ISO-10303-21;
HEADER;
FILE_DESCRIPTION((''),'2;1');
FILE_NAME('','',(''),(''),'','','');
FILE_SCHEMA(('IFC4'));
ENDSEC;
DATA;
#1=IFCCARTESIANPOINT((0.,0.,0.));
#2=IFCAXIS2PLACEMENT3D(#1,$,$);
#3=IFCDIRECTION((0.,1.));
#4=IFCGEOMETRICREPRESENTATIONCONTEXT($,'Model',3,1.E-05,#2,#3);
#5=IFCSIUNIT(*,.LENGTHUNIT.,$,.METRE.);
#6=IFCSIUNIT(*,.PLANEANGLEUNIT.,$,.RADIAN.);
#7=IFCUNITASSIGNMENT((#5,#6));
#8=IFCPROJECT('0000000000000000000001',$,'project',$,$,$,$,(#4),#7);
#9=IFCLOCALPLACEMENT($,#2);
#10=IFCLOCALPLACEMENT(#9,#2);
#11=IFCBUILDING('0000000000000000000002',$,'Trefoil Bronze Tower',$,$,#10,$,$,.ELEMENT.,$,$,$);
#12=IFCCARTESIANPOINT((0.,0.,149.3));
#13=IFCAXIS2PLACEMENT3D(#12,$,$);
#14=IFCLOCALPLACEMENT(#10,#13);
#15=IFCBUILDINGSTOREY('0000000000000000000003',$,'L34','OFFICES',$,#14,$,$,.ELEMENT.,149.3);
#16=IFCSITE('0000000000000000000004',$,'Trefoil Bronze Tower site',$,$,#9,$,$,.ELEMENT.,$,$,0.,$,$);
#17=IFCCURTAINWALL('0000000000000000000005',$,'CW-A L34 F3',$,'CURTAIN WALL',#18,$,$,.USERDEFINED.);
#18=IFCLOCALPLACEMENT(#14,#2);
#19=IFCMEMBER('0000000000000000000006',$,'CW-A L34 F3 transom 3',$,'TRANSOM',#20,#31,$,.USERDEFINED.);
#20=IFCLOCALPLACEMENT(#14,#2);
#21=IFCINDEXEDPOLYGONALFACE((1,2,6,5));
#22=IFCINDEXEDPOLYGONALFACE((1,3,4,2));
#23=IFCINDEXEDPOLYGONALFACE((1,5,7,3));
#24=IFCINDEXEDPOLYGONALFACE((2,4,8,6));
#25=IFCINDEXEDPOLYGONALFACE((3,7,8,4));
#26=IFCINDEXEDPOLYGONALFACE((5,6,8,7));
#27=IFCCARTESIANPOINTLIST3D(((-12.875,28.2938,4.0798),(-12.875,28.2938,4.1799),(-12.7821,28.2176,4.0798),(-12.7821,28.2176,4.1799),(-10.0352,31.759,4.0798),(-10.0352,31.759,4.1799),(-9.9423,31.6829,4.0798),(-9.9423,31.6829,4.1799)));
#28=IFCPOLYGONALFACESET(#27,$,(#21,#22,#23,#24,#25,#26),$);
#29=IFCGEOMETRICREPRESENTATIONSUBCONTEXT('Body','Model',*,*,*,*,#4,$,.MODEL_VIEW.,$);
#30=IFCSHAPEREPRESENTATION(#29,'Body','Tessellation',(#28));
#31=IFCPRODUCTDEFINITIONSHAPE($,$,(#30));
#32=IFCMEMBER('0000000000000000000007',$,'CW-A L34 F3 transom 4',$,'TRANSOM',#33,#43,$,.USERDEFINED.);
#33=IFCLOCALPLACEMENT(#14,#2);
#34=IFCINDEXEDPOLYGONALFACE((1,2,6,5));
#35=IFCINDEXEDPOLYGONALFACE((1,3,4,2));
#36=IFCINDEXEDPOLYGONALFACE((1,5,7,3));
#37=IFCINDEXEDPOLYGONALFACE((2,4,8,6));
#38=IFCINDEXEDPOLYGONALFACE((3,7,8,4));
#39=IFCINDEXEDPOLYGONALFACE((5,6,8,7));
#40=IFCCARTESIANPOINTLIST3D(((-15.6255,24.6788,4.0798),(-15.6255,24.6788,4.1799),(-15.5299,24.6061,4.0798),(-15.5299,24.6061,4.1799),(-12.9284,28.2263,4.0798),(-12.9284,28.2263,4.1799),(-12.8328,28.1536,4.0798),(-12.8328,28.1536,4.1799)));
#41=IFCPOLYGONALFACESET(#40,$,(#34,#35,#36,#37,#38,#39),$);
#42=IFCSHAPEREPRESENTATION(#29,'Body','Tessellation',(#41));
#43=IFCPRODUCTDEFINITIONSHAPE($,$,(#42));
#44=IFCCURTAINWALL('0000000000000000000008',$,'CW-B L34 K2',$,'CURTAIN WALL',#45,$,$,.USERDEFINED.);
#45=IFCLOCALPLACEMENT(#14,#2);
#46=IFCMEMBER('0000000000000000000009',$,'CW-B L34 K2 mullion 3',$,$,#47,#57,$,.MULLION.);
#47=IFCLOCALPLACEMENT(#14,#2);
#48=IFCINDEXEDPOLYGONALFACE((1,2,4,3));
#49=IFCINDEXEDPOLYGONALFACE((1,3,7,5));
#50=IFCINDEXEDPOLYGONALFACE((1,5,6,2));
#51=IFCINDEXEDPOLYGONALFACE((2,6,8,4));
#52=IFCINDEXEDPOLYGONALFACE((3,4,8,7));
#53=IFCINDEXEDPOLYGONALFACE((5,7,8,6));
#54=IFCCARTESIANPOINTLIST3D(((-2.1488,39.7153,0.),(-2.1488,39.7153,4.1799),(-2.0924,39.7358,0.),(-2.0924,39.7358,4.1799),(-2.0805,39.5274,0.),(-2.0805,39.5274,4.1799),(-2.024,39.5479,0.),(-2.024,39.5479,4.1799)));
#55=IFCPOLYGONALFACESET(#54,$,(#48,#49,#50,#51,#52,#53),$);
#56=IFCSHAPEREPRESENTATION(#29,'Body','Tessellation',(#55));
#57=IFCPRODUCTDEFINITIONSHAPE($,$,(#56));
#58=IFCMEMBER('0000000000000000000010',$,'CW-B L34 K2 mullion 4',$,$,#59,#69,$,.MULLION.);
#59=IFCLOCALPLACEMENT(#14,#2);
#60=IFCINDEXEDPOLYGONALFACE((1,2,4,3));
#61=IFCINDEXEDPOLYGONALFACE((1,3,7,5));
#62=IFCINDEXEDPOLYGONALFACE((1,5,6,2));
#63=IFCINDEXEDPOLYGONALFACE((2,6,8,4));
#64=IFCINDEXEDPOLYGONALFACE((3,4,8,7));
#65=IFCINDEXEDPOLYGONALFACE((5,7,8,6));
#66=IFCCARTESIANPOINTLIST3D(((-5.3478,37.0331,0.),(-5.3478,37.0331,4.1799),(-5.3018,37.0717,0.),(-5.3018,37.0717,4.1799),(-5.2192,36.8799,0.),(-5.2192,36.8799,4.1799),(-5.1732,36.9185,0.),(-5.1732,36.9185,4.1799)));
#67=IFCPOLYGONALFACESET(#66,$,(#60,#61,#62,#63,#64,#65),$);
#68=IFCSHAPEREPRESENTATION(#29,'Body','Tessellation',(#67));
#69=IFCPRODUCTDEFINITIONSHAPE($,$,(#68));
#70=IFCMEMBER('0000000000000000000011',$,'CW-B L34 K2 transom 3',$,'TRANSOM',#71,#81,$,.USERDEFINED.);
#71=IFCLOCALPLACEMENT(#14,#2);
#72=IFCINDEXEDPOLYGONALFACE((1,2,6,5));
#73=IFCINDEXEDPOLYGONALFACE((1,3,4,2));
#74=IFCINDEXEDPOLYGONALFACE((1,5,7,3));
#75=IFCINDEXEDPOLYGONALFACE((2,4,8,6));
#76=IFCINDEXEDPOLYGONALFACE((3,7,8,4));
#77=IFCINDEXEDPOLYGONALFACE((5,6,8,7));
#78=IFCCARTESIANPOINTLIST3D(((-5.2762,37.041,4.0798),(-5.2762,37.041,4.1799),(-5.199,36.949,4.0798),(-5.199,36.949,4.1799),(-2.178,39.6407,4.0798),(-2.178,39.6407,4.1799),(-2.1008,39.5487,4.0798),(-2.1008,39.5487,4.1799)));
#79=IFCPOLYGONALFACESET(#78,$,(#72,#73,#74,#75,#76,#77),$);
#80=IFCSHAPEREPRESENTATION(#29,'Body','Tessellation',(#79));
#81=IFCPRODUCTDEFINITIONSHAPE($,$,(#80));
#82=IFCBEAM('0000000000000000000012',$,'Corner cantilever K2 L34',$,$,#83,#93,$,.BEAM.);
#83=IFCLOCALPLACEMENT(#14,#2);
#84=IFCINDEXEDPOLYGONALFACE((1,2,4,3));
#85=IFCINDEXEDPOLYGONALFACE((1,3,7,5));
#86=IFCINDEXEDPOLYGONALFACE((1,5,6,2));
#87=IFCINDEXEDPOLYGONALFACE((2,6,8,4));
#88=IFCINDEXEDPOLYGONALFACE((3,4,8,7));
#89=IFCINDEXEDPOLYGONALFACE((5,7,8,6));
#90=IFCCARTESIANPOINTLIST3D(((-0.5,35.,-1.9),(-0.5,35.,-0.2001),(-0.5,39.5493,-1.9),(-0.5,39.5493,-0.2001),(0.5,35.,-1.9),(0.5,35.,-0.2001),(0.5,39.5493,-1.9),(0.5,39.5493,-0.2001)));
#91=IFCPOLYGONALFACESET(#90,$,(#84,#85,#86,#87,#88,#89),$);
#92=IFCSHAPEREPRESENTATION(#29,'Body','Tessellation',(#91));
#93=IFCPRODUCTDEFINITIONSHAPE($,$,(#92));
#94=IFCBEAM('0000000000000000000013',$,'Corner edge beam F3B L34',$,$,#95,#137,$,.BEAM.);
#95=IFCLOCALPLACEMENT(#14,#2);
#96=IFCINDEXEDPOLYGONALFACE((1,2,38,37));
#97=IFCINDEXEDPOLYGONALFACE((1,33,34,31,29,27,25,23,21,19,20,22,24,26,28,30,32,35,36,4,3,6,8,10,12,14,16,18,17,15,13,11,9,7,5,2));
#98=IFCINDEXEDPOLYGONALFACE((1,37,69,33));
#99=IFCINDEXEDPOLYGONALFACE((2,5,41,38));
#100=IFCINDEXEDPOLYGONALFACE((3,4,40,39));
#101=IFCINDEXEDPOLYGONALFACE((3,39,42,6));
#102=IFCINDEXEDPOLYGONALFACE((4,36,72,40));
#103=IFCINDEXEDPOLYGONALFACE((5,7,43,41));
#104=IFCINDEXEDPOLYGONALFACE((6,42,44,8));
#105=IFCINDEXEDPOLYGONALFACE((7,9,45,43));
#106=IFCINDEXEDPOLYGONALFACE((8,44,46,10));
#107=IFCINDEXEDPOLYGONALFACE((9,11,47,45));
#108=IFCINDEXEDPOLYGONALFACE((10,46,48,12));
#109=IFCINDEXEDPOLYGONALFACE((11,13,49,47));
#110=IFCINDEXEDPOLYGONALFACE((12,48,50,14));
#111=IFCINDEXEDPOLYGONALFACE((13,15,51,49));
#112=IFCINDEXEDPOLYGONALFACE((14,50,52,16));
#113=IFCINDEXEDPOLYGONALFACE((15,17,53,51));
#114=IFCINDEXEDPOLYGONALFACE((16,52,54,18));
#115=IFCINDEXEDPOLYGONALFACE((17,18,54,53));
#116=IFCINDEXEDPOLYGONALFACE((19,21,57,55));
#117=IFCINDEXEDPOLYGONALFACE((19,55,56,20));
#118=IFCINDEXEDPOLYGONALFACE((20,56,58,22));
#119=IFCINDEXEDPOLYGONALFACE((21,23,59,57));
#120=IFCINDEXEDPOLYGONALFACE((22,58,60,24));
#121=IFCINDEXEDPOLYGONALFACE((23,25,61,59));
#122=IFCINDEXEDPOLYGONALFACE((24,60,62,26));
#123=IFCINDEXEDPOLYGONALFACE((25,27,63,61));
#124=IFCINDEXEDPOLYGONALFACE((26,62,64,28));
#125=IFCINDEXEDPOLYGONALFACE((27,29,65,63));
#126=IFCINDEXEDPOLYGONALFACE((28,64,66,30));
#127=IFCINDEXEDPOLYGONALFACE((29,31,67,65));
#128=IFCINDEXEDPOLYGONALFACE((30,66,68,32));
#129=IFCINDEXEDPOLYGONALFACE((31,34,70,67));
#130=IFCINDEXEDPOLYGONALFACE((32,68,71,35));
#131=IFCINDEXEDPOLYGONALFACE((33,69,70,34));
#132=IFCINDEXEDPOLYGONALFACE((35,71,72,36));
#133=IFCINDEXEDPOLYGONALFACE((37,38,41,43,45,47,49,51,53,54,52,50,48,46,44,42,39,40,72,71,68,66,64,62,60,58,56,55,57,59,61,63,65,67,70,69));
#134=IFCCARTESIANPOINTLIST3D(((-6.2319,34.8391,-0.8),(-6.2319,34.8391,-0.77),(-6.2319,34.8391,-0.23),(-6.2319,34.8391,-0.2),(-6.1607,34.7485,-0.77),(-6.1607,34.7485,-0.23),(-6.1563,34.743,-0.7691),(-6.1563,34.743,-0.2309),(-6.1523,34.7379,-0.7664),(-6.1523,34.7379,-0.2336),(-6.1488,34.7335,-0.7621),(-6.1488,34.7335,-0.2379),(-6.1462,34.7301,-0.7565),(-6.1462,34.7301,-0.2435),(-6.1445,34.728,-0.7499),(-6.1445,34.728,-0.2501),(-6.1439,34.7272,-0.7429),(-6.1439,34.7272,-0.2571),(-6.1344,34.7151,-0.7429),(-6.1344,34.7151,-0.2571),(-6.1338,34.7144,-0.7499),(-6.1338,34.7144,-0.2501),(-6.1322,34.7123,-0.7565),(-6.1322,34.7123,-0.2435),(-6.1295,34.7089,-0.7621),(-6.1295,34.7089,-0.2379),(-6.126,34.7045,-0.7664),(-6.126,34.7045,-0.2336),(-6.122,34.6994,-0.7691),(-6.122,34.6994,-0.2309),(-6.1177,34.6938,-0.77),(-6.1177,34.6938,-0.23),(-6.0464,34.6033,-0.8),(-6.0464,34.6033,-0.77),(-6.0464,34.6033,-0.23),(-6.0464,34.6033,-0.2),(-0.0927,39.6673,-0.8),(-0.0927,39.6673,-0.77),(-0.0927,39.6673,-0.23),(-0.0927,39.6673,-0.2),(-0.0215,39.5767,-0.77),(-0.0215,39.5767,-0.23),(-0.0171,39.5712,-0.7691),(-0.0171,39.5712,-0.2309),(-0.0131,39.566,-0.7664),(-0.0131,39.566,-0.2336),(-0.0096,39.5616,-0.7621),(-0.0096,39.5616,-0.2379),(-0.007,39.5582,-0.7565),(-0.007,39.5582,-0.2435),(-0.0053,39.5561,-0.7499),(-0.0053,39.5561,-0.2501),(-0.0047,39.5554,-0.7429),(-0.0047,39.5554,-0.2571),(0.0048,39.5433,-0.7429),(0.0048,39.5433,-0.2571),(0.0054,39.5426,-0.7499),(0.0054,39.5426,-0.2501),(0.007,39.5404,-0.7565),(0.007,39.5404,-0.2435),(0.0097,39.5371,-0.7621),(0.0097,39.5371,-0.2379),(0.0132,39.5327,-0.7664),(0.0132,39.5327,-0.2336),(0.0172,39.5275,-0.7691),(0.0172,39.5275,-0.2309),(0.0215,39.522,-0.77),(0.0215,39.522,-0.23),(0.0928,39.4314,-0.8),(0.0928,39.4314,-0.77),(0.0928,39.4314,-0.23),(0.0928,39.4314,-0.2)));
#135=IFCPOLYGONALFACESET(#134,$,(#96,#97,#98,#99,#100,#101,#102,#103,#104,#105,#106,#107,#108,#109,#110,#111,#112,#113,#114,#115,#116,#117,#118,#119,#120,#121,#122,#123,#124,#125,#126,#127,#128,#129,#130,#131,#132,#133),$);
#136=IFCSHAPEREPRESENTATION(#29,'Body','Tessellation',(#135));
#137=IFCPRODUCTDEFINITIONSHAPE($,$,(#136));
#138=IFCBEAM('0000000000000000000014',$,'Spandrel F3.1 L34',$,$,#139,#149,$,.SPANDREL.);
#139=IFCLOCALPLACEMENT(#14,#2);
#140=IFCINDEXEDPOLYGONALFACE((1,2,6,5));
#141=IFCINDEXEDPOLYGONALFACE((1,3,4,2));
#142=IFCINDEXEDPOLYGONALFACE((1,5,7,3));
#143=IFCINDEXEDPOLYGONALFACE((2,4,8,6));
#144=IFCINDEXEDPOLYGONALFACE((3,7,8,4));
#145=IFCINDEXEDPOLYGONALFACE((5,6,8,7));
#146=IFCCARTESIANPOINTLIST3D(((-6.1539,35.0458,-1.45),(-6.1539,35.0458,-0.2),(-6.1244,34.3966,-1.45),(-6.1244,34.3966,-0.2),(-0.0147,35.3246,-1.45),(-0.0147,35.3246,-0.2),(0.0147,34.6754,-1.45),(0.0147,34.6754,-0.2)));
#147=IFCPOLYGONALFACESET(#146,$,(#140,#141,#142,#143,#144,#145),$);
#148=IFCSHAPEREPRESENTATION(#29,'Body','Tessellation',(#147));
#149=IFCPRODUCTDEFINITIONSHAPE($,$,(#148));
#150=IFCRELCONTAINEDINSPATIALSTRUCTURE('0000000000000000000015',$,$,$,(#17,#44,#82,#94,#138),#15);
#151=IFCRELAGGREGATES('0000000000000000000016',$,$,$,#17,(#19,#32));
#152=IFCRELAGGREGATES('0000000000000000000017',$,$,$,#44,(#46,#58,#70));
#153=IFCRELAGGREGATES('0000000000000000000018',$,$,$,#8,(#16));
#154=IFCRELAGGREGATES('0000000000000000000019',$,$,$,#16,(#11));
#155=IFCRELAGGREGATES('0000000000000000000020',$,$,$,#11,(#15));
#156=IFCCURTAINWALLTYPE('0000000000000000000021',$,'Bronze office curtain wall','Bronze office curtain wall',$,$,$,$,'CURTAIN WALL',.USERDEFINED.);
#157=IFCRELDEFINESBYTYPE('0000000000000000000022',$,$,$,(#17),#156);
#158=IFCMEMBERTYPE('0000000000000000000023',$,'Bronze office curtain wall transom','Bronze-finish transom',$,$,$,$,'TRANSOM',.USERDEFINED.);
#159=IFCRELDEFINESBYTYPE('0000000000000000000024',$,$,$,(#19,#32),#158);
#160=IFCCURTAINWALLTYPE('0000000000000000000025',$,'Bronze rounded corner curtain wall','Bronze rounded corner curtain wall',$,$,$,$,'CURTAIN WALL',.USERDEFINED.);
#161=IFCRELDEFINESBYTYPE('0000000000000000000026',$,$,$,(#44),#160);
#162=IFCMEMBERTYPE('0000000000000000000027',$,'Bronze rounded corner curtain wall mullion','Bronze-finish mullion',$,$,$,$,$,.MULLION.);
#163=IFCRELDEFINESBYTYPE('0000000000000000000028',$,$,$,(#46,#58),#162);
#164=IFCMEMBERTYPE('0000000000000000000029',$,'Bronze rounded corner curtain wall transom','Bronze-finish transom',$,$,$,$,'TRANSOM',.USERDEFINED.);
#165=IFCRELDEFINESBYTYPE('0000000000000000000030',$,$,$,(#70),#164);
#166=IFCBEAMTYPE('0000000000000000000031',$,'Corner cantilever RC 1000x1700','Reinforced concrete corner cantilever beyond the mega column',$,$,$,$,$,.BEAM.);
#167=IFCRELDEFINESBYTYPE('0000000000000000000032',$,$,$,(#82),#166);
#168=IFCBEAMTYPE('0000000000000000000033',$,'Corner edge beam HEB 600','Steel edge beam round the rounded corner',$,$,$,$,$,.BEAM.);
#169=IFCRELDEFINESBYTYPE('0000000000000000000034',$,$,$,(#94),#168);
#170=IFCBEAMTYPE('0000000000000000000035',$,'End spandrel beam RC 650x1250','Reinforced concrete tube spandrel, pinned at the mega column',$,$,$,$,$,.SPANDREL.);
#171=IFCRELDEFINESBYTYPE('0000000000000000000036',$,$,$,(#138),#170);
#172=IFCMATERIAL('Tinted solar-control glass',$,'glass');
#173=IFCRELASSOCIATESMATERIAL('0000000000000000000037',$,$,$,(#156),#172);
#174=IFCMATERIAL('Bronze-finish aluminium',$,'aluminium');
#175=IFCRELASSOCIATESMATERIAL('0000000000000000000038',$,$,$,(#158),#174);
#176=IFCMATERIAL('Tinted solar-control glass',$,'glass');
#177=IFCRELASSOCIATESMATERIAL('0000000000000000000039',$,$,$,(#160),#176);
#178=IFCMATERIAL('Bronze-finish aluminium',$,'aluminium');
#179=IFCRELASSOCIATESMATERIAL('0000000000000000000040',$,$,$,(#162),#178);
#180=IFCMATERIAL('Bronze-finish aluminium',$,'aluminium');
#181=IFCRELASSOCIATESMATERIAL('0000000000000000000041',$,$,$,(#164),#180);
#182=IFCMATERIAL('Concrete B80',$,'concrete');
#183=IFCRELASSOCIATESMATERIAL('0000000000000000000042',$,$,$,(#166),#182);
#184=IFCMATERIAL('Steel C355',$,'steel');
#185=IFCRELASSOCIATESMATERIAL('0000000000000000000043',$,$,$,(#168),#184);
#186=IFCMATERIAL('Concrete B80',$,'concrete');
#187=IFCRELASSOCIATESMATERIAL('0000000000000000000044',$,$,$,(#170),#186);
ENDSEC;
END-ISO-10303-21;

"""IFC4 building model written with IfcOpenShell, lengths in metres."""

from ifc_helpers import new_model, si_unit, direction, frame, origin, origin_2d, place, context, subcontext, project, spatial, rectangle, i_section, extrude, material, material_profile, profile_set, type_object, element, aggregate, save


model = new_model("IFC4")

# Units and contexts
model_context = context("Model", 3, precision=1e-05, world=origin(), true_north=direction((0.0, 1.0)))
body_context = subcontext(model_context, "Body", "Model", "MODEL_VIEW")
ifc_project = project(units=[si_unit("LENGTHUNIT", "METRE"), si_unit("PLANEANGLEUNIT", "RADIAN")], contexts=[model_context])

# Site, building, storey
site_placement = place(None, origin())
site = spatial("IfcSite", under=ifc_project, at=site_placement, Name="Trefoil Bronze Tower site", CompositionType="ELEMENT", RefElevation=0.0)
building_placement = place(site_placement, origin())
building = spatial("IfcBuilding", under=site, at=building_placement, Name="Trefoil Bronze Tower", CompositionType="ELEMENT")
storey_placement = place(building_placement, frame((0.0, 0.0, 149.3)))
storey = spatial("IfcBuildingStorey", under=building, at=storey_placement, Name="L34", Description="OFFICES", CompositionType="ELEMENT", Elevation=149.3)

# Curtain walls, members
ifc_material_1 = material(Name="Tinted solar-control glass", Category="glass")
curtain_wall_type_1 = type_object("IfcCurtainWallType", Name="Bronze office curtain wall", Description="Bronze office curtain wall", ElementType="CURTAIN WALL", PredefinedType="USERDEFINED", material=ifc_material_1)
curtain_wall_1_placement = place(storey_placement, origin())
curtain_wall_1 = element("IfcCurtainWall", 1, at=curtain_wall_1_placement, inside=storey, type_object=curtain_wall_type_1, Name="CW-A L34 F3", ObjectType="CURTAIN WALL", PredefinedType="USERDEFINED")
ifc_material_2 = material(Name="Bronze-finish aluminium", Category="aluminium")
ifc_material_profile_1 = material_profile(ifc_material_2, rectangle(XDim=0.1201, YDim=0.1001, at=origin_2d()), Name="CW-A transom")
ifc_profile_set_1 = profile_set([ifc_material_profile_1], Name="Bronze-finish aluminium")
member_type_1 = type_object("IfcMemberType", Name="Bronze office curtain wall transom", Description="Bronze-finish transom", ElementType="TRANSOM", PredefinedType="USERDEFINED", material=ifc_profile_set_1)
member_1_placement = place(storey_placement, frame((-9.9888, 31.7209, 4.1299), z_axis=(-0.633849, -0.773457, 0.0), x_axis=(0.773457, -0.633849, 0.0)))
member_1 = element("IfcMember", 2, at=member_1_placement, type_object=member_type_1, Name="CW-A L34 F3 transom 3", ObjectType="TRANSOM", PredefinedType="USERDEFINED", context=body_context, shape_type="SweptSolid", body=[
    extrude(rectangle(XDim=0.1201, YDim=0.1001, at=origin_2d()), origin(), (0.0, 0.0, 1.0), 4.4802),
])
member_2_placement = place(storey_placement, frame((-12.8806, 28.1899, 4.1299), z_axis=(-0.605229, -0.796051, 0.0), x_axis=(0.796051, -0.605229, 0.0)))
member_2 = element("IfcMember", 3, at=member_2_placement, type_object=member_type_1, Name="CW-A L34 F3 transom 4", ObjectType="TRANSOM", PredefinedType="USERDEFINED", context=body_context, shape_type="SweptSolid", body=[
    extrude(rectangle(XDim=0.1201, YDim=0.1001, at=origin_2d()), origin(), (0.0, 0.0, 1.0), 4.4563),
])
ifc_material_3 = material(Name="Tinted solar-control glass", Category="glass")
curtain_wall_type_2 = type_object("IfcCurtainWallType", Name="Bronze rounded corner curtain wall", Description="Bronze rounded corner curtain wall", ElementType="CURTAIN WALL", PredefinedType="USERDEFINED", material=ifc_material_3)
curtain_wall_2_placement = place(storey_placement, origin())
curtain_wall_2 = element("IfcCurtainWall", 4, at=curtain_wall_2_placement, inside=storey, type_object=curtain_wall_type_2, Name="CW-B L34 K2", ObjectType="CURTAIN WALL", PredefinedType="USERDEFINED")
ifc_material_4 = material(Name="Bronze-finish aluminium", Category="aluminium")
ifc_material_profile_2 = material_profile(ifc_material_4, rectangle(XDim=0.2, YDim=0.0601, at=origin_2d()), Name="CW-B mullion")
ifc_profile_set_2 = profile_set([ifc_material_profile_2], Name="Bronze-finish aluminium")
member_type_2 = type_object("IfcMemberType", Name="Bronze rounded corner curtain wall mullion", Description="Bronze-finish mullion", PredefinedType="MULLION", material=ifc_profile_set_2)
member_3_placement = place(storey_placement, frame((-2.0864, 39.6316, 0.0), z_axis=(0.0, 0.0, 1.0), x_axis=(0.34202, -0.939693, 0.0)))
member_3 = element("IfcMember", 5, at=member_3_placement, type_object=member_type_2, Name="CW-B L34 K2 mullion 3", PredefinedType="MULLION", context=body_context, shape_type="SweptSolid", body=[
    extrude(rectangle(XDim=0.2, YDim=0.0601, at=origin_2d()), origin(), (0.0, 0.0, 1.0), 4.1799),
])
member_4_placement = place(storey_placement, frame((-5.2605, 36.9758, 0.0), z_axis=(0.0, 0.0, 1.0), x_axis=(0.642788, -0.766044, 0.0)))
member_4 = element("IfcMember", 6, at=member_4_placement, type_object=member_type_2, Name="CW-B L34 K2 mullion 4", PredefinedType="MULLION", context=body_context, shape_type="SweptSolid", body=[
    extrude(rectangle(XDim=0.2, YDim=0.0601, at=origin_2d()), origin(), (0.0, 0.0, 1.0), 4.1799),
])
ifc_material_5 = material(Name="Bronze-finish aluminium", Category="aluminium")
ifc_material_profile_3 = material_profile(ifc_material_5, rectangle(XDim=0.1201, YDim=0.1001, at=origin_2d()), Name="CW-B transom")
ifc_profile_set_3 = profile_set([ifc_material_profile_3], Name="Bronze-finish aluminium")
member_type_3 = type_object("IfcMemberType", Name="Bronze rounded corner curtain wall transom", Description="Bronze-finish transom", ElementType="TRANSOM", PredefinedType="USERDEFINED", material=ifc_profile_set_3)
member_5_placement = place(storey_placement, frame((-2.1394, 39.5947, 4.1299), z_axis=(-0.76605, -0.642781, 0.0), x_axis=(0.642781, -0.76605, 0.0)))
member_5 = element("IfcMember", 7, at=member_5_placement, type_object=member_type_3, Name="CW-B L34 K2 transom 3", ObjectType="TRANSOM", PredefinedType="USERDEFINED", context=body_context, shape_type="SweptSolid", body=[
    extrude(rectangle(XDim=0.1201, YDim=0.1001, at=origin_2d()), origin(), (0.0, 0.0, 1.0), 4.0444),
])

# Beams
ifc_material_6 = material(Name="Concrete B80", Category="concrete")
ifc_material_profile_4 = material_profile(ifc_material_6, rectangle(XDim=1.0, YDim=1.7, at=origin_2d()), Name="RC 1000x1700")
ifc_profile_set_4 = profile_set([ifc_material_profile_4], Name="Concrete B80")
beam_type_1 = type_object("IfcBeamType", Name="Corner cantilever RC 1000x1700", Description="Reinforced concrete corner cantilever beyond the mega column", PredefinedType="BEAM", material=ifc_profile_set_4)
beam_1_placement = place(storey_placement, frame((0.0, 35.0, -1.05), z_axis=(0.0, 1.0, 0.0), x_axis=(-1.0, 0.0, 0.0)))
element("IfcBeam", 8, at=beam_1_placement, inside=storey, type_object=beam_type_1, Name="Corner cantilever K2 L34", PredefinedType="BEAM", context=body_context, shape_type="SweptSolid", body=[
    extrude(rectangle(XDim=1.0, YDim=1.7, at=origin_2d()), origin(), (0.0, 0.0, 1.0), 4.5493),
])
ifc_material_7 = material(Name="Steel C355", Category="steel")
ifc_material_profile_5 = material_profile(ifc_material_7, i_section(OverallWidth=0.3, OverallDepth=0.6001, WebThickness=0.0154, FlangeThickness=0.03, FilletRadius=0.0271, at=origin_2d()), Name="HEB 600")
ifc_profile_set_5 = profile_set([ifc_material_profile_5], Name="Steel C355")
beam_type_2 = type_object("IfcBeamType", Name="Corner edge beam HEB 600", Description="Steel edge beam round the rounded corner", PredefinedType="BEAM", material=ifc_profile_set_5)
beam_2_placement = place(storey_placement, frame((-6.1392, 34.7212, -0.5), z_axis=(0.786038, 0.618178, 0.0), x_axis=(-0.618178, 0.786038, 0.0)))
element("IfcBeam", 9, at=beam_2_placement, inside=storey, type_object=beam_type_2, Name="Corner edge beam F3B L34", PredefinedType="BEAM", context=body_context, shape_type="SweptSolid", body=[
    extrude(i_section(OverallWidth=0.3, OverallDepth=0.6001, WebThickness=0.0154, FlangeThickness=0.03, FilletRadius=0.0271, at=origin_2d()), origin(), (0.0, 0.0, 1.0), 7.8103),
])
ifc_material_8 = material(Name="Concrete B80", Category="concrete")
ifc_material_profile_6 = material_profile(ifc_material_8, rectangle(XDim=0.6499, YDim=1.25, at=origin_2d()), Name="RC 650x1250")
ifc_profile_set_6 = profile_set([ifc_material_profile_6], Name="Concrete B80")
beam_type_3 = type_object("IfcBeamType", Name="End spandrel beam RC 650x1250", Description="Reinforced concrete tube spandrel, pinned at the mega column", PredefinedType="SPANDREL", material=ifc_profile_set_6)
beam_3_placement = place(storey_placement, frame((0.0, 35.0, -0.825), z_axis=(-0.99897, -0.045368, 0.0), x_axis=(0.045368, -0.99897, 0.0)))
element("IfcBeam", 10, at=beam_3_placement, inside=storey, type_object=beam_type_3, Name="Spandrel F3.1 L34", PredefinedType="SPANDREL", context=body_context, shape_type="SweptSolid", body=[
    extrude(rectangle(XDim=0.6499, YDim=1.25, at=origin_2d()), origin(), (0.0, 0.0, 1.0), 6.1455),
])

aggregate(curtain_wall_1, [member_1, member_2])
aggregate(curtain_wall_2, [member_3, member_4, member_5])

save(model, "model.ifc")
